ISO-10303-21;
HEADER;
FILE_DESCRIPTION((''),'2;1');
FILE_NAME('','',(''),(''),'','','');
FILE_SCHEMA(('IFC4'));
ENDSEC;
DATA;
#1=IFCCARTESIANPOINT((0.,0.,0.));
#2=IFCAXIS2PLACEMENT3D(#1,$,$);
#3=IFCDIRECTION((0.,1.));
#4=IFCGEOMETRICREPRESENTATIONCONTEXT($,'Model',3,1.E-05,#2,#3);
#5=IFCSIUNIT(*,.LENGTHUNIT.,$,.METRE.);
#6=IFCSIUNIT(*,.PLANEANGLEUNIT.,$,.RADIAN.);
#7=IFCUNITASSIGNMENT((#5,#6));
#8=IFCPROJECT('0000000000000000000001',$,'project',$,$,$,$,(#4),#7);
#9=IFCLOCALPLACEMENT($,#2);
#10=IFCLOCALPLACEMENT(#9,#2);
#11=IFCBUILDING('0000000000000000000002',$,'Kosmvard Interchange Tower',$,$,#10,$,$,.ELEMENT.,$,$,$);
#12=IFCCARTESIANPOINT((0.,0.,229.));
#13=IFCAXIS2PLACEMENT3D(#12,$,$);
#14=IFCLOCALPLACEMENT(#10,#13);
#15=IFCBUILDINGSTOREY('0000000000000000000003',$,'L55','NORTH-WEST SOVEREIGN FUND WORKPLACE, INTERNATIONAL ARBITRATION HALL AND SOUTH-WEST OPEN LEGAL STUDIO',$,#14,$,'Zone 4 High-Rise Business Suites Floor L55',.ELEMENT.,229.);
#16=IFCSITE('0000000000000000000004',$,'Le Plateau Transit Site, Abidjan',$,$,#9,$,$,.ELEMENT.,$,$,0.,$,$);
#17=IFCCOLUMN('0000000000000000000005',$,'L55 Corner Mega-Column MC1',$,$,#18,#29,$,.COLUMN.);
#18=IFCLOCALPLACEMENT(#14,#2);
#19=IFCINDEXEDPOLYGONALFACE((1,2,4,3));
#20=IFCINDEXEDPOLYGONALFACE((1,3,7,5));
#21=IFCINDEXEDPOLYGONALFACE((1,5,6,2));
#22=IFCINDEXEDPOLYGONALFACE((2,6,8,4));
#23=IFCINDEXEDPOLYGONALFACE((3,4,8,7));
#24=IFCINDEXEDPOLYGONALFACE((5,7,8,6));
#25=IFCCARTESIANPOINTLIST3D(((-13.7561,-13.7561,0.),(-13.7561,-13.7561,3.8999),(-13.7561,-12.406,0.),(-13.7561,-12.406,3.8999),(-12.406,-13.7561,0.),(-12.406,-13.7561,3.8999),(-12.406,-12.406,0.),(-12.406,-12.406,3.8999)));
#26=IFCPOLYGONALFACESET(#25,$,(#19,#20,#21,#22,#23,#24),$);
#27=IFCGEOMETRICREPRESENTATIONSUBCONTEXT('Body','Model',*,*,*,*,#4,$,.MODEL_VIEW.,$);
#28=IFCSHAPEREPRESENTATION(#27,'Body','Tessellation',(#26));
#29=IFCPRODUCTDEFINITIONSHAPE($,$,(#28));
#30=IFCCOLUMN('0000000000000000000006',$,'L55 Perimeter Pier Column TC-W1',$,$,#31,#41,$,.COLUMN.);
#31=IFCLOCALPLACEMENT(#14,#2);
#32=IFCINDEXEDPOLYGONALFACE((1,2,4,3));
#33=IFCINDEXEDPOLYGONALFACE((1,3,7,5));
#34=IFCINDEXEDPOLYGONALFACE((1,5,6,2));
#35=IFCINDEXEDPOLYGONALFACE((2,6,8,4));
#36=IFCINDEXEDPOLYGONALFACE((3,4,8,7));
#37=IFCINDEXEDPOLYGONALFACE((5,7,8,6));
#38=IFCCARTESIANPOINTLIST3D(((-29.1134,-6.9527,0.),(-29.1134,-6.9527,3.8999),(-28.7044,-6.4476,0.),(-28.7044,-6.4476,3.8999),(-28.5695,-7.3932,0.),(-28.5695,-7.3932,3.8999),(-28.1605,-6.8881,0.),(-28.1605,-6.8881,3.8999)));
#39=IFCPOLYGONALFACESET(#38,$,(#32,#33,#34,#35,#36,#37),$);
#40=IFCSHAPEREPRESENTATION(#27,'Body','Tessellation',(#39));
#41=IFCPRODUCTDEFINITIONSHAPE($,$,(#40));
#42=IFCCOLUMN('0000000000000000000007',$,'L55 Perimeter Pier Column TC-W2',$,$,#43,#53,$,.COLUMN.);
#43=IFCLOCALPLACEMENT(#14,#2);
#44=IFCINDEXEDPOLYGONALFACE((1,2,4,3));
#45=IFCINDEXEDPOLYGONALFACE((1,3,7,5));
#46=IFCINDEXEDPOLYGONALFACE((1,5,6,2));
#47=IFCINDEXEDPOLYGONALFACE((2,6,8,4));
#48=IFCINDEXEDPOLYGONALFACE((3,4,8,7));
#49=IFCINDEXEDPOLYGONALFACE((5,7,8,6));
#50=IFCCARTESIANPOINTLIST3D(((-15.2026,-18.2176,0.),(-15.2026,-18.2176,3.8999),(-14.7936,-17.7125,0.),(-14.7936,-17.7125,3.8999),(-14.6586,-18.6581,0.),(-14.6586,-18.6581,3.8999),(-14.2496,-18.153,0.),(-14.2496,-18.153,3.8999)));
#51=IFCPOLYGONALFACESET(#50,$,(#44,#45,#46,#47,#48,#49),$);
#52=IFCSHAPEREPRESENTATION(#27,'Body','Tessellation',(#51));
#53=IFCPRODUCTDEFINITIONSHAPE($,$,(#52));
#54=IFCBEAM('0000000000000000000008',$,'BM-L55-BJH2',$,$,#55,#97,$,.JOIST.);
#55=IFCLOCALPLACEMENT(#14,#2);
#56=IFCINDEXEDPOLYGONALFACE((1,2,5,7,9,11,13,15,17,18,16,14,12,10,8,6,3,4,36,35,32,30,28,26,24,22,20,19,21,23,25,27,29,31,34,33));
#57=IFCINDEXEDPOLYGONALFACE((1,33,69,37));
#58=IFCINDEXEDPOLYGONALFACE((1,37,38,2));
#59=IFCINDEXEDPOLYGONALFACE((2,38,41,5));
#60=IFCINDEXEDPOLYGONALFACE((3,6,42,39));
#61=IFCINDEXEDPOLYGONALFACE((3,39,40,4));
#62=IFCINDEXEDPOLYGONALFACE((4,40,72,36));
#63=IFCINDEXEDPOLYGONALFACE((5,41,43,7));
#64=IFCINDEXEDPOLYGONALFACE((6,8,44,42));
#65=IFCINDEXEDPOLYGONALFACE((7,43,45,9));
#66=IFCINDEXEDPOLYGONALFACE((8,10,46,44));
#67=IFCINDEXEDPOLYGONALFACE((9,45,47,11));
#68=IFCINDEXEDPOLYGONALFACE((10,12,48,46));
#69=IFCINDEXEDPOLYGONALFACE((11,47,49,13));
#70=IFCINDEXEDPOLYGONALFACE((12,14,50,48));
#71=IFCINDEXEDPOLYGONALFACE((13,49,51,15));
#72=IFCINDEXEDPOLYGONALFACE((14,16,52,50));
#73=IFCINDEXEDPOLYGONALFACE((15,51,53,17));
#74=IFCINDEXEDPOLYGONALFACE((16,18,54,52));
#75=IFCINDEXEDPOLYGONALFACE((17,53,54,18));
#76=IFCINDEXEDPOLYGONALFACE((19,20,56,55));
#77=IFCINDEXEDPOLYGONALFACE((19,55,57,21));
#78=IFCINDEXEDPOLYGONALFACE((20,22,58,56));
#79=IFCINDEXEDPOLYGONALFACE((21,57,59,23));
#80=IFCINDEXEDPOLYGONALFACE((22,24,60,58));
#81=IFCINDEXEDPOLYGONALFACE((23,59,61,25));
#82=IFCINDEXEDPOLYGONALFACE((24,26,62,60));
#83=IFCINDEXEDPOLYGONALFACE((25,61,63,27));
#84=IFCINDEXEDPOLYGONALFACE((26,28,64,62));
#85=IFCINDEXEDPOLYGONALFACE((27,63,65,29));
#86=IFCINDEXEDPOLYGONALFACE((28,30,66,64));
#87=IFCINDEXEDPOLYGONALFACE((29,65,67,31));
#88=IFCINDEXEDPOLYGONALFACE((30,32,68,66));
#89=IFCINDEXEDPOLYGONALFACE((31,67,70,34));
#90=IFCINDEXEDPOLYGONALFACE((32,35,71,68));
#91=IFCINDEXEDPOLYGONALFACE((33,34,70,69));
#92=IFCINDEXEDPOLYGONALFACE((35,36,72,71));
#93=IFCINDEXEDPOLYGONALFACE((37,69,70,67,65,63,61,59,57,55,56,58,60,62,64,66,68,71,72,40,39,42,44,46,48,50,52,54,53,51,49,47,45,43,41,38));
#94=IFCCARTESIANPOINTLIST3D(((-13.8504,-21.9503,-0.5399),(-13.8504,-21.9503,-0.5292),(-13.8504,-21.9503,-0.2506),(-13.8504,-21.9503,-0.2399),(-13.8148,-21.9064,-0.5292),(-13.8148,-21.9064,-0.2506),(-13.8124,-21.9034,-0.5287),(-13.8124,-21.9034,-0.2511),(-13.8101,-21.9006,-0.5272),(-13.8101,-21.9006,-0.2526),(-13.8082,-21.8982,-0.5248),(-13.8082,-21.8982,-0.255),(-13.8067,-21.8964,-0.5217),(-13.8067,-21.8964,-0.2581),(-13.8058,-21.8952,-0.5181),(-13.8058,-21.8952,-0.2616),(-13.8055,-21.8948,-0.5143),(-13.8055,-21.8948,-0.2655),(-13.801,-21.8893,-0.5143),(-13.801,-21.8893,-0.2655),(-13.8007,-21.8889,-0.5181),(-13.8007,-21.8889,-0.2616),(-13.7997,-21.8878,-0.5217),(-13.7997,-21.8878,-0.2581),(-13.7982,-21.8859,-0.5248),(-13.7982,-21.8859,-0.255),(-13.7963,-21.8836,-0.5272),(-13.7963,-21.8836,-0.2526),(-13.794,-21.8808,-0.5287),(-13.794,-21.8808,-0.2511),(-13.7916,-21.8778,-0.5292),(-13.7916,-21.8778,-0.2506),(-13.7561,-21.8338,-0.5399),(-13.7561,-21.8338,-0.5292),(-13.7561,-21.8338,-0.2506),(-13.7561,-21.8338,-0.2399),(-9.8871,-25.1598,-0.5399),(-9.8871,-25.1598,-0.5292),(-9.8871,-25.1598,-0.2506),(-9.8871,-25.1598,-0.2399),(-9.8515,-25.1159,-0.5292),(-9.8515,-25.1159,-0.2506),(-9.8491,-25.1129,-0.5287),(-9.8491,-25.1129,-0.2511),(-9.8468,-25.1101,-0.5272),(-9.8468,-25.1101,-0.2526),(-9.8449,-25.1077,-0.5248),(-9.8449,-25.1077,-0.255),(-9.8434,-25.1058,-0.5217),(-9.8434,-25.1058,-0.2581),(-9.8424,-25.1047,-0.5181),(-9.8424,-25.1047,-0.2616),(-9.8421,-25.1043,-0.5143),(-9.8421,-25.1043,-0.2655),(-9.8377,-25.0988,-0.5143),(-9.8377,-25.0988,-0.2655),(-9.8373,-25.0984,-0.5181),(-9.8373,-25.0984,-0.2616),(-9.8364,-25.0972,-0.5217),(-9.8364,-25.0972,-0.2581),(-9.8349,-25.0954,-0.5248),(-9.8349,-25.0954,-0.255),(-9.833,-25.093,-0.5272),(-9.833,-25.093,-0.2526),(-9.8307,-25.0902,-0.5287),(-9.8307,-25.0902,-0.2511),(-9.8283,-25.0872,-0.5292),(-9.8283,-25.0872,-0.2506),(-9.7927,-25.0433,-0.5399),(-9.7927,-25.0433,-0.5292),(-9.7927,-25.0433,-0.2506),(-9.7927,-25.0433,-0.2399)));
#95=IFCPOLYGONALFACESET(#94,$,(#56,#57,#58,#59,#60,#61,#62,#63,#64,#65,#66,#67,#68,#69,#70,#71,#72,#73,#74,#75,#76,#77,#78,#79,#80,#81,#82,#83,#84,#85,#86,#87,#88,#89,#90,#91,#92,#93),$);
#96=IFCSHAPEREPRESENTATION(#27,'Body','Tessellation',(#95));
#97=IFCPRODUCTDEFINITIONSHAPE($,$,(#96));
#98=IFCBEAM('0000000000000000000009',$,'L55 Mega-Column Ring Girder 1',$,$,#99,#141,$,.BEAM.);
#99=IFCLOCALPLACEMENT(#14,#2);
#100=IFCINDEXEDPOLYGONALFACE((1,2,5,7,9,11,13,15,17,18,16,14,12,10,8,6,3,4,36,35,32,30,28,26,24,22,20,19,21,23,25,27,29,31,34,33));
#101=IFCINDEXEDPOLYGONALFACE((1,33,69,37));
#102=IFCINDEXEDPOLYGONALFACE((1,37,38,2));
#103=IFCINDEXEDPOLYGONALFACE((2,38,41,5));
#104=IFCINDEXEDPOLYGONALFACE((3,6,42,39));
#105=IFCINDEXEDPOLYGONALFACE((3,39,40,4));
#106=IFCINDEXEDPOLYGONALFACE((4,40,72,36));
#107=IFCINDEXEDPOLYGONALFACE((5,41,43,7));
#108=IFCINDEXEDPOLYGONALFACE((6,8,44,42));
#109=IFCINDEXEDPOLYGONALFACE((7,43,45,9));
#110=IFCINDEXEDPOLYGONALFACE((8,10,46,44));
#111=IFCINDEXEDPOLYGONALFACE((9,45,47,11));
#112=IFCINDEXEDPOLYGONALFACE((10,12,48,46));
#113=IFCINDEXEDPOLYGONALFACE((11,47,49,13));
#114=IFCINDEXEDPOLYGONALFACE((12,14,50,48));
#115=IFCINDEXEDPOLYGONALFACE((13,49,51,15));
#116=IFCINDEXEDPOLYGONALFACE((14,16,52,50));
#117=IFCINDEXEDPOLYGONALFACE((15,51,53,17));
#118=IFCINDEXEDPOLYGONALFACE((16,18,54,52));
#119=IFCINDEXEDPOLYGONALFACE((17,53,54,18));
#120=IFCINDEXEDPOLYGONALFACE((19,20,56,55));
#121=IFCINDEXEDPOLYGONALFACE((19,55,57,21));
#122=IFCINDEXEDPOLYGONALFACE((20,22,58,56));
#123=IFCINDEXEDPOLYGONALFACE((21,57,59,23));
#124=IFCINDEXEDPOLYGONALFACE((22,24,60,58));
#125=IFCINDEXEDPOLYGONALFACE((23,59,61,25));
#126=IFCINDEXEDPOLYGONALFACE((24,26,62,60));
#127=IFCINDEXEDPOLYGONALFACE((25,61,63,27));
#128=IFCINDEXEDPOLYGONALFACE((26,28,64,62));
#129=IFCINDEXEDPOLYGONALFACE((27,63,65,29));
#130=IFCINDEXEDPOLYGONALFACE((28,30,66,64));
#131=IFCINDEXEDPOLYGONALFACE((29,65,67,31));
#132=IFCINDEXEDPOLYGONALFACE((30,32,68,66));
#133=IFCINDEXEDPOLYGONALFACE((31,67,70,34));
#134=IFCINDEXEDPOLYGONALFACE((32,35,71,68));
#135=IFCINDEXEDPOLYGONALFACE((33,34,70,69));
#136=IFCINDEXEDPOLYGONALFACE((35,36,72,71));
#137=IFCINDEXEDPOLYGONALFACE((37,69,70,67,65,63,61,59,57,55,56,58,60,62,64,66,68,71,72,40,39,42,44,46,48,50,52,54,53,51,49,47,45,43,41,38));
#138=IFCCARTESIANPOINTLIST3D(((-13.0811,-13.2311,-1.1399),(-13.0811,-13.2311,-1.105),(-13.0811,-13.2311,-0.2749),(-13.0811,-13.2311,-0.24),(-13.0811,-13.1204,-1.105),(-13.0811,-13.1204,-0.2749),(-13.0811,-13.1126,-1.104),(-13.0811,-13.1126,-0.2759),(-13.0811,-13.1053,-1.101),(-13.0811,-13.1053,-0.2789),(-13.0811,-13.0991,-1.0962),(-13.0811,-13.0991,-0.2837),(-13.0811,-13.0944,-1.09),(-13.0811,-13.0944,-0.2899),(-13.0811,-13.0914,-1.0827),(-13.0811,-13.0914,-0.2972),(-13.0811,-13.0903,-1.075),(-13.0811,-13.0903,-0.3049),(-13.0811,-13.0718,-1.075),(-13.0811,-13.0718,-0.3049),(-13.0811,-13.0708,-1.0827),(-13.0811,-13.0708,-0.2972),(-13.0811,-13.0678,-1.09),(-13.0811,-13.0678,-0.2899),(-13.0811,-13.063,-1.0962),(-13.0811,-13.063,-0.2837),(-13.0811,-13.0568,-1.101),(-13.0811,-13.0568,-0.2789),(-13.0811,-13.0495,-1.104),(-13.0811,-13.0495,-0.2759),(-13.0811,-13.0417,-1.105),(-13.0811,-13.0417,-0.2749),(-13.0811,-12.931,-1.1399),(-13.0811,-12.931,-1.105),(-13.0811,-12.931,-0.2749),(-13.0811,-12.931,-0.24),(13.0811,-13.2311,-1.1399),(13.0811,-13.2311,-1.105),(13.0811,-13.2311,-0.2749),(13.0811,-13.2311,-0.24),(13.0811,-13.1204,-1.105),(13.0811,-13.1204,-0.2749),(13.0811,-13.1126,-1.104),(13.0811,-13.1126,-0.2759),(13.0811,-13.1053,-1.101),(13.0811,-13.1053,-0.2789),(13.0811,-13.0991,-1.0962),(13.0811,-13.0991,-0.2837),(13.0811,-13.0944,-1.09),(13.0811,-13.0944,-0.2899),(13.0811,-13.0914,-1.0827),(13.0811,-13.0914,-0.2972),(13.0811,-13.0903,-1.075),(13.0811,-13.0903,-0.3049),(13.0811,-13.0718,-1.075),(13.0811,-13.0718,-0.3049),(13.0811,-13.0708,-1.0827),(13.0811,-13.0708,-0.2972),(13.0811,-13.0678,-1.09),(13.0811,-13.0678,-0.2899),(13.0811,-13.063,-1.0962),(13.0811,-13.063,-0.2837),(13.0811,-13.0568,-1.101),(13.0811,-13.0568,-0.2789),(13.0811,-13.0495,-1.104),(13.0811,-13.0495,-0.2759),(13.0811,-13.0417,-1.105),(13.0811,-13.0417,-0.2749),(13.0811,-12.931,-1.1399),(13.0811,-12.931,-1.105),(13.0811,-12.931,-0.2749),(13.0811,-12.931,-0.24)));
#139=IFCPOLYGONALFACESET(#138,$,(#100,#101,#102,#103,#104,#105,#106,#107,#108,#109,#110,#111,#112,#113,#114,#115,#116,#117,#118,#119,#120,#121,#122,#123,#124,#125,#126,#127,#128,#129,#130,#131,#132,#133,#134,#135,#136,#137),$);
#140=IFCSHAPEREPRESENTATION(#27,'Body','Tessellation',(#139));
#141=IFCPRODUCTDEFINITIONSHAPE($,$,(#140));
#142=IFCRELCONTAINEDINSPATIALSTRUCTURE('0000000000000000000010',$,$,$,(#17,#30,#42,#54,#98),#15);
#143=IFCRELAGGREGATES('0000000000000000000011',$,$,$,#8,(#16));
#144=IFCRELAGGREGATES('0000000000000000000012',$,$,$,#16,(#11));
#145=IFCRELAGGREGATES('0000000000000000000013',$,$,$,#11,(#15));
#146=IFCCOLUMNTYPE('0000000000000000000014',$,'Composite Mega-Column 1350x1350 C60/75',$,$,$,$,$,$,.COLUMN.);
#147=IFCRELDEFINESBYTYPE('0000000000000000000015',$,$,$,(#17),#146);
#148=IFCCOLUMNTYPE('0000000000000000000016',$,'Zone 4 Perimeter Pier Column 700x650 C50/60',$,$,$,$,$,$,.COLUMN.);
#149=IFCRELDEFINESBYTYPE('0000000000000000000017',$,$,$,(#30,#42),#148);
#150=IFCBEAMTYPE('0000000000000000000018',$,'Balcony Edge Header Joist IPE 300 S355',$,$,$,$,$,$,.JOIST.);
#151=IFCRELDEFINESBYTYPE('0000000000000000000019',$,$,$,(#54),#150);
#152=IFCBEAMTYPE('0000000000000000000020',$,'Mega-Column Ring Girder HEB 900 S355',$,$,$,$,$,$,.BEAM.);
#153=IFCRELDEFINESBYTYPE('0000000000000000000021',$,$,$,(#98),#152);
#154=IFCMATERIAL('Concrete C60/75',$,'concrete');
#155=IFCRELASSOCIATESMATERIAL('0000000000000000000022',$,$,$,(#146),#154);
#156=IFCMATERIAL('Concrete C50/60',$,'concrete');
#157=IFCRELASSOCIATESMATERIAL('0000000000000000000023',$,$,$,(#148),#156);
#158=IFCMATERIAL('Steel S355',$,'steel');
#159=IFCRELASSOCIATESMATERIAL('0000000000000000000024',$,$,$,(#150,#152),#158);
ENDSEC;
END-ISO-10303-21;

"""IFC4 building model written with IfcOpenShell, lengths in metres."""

from ifc_helpers import new_model, si_unit, direction, frame, origin, origin_2d, place, context, subcontext, project, spatial, rectangle, i_section, extrude, source, transform, mapped, material, material_profile, profile_set, type_object, element, save


model = new_model("IFC4")

# Units and contexts
model_context = context("Model", 3, precision=1e-05, world=origin(), true_north=direction((0.0, 1.0)))
body_context = subcontext(model_context, "Body", "Model", "MODEL_VIEW")
ifc_project = project(units=[si_unit("LENGTHUNIT", "METRE"), si_unit("PLANEANGLEUNIT", "RADIAN")], contexts=[model_context])

# Site, building, storey
site_placement = place(None, origin())
site = spatial("IfcSite", under=ifc_project, at=site_placement, Name="Le Plateau Transit Site, Abidjan", CompositionType="ELEMENT", RefElevation=0.0)
building_placement = place(site_placement, origin())
building = spatial("IfcBuilding", under=site, at=building_placement, Name="Kosmvard Interchange Tower", CompositionType="ELEMENT")
storey_placement = place(building_placement, frame((0.0, 0.0, 229.0)))
storey = spatial("IfcBuildingStorey", under=building, at=storey_placement, Name="L55", Description="NORTH-WEST SOVEREIGN FUND WORKPLACE, INTERNATIONAL ARBITRATION HALL AND SOUTH-WEST OPEN LEGAL STUDIO", LongName="Zone 4 High-Rise Business Suites Floor L55", CompositionType="ELEMENT", Elevation=229.0)

# Columns
ifc_material_1 = material(Name="Concrete C60/75", Category="concrete")
ifc_material_profile_1 = material_profile(ifc_material_1, rectangle(XDim=1.3501, YDim=1.3501, at=origin_2d()), Name="MC 1350x1350")
ifc_profile_set_1 = profile_set([ifc_material_profile_1], Name="Concrete C60/75")
column_type_1 = type_object("IfcColumnType", Name="Composite Mega-Column 1350x1350 C60/75", PredefinedType="COLUMN", material=ifc_profile_set_1)
shared_shape_1 = source(origin(), body_context, "Body", "SweptSolid", [
    extrude(rectangle(XDim=1.3501, YDim=1.3501, at=origin_2d()), origin(), (0.0, 0.0, 1.0), 3.8999),
])
column_placement = place(storey_placement, frame((-13.0811, -13.0811, 0.0), z_axis=(0.0, 0.0, 1.0), x_axis=(1.0, 0.0, 0.0)))
element("IfcColumn", 1, at=column_placement, inside=storey, type_object=column_type_1, Name="L55 Corner Mega-Column MC1", PredefinedType="COLUMN", context=body_context, shape_type="MappedRepresentation", body=[
    mapped(shared_shape_1, transform((0.0, 0.0, 0.0), scale=1.0)),
])
ifc_material_2 = material(Name="Concrete C50/60", Category="concrete")
ifc_material_profile_2 = material_profile(ifc_material_2, rectangle(XDim=0.6499, YDim=0.7, at=origin_2d()), Name="TC 700x650")
ifc_profile_set_2 = profile_set([ifc_material_profile_2], Name="Concrete C50/60")
column_type_2 = type_object("IfcColumnType", Name="Zone 4 Perimeter Pier Column 700x650 C50/60", PredefinedType="COLUMN", material=ifc_profile_set_2)
shared_shape_2 = source(origin(), body_context, "Body", "SweptSolid", [
    extrude(rectangle(XDim=0.6499, YDim=0.7, at=origin_2d()), origin(), (0.0, 0.0, 1.0), 3.8999),
])
for number, where, z_axis, x_axis, name in (
    (2, (-28.637, -6.9204, 0.0), (0.0, 0.0, 1.0), (0.62932, 0.777146, 0.0), "L55 Perimeter Pier Column TC-W1"),
    (3, (-14.7261, -18.1853, 0.0), (0.0, 0.0, 1.0), (0.62932, 0.777146, 0.0), "L55 Perimeter Pier Column TC-W2"),
):
    element("IfcColumn", number, at=place(storey_placement, frame(where, z_axis=z_axis, x_axis=x_axis)), inside=storey, type_object=column_type_2, Name=name, PredefinedType="COLUMN", context=body_context, shape_type="MappedRepresentation", body=[
        mapped(shared_shape_2, transform((0.0, 0.0, 0.0), scale=1.0)),
    ])

# Beams
ifc_material_3 = material(Name="Steel S355", Category="steel")
ifc_material_profile_3 = material_profile(ifc_material_3, i_section(OverallWidth=0.1499, OverallDepth=0.3, WebThickness=0.0071, FlangeThickness=0.0107, FilletRadius=0.0149, at=origin_2d()), Name="IPE 300")
ifc_profile_set_3 = profile_set([ifc_material_profile_3], Name="Steel S355")
beam_type_1 = type_object("IfcBeamType", Name="Balcony Edge Header Joist IPE 300 S355", PredefinedType="JOIST", material=ifc_profile_set_3)
shared_shape_3 = source(origin(), body_context, "Body", "SweptSolid", [
    extrude(i_section(OverallWidth=0.1499, OverallDepth=0.3, WebThickness=0.0071, FlangeThickness=0.0107, FilletRadius=0.0149, at=origin_2d()), origin(), (0.0, 0.0, 1.0), 5.0999),
])
beam_1_placement = place(storey_placement, frame((-13.8032, -21.8921, -0.3899), z_axis=(0.777147, -0.629319, 0.0), x_axis=(0.629319, 0.777147, 0.0)))
element("IfcBeam", 4, at=beam_1_placement, inside=storey, type_object=beam_type_1, Name="BM-L55-BJH2", PredefinedType="JOIST", context=body_context, shape_type="MappedRepresentation", body=[
    mapped(shared_shape_3, transform((0.0, 0.0, 0.0), scale=1.0)),
])
ifc_material_profile_4 = material_profile(ifc_material_3, i_section(OverallWidth=0.3, OverallDepth=0.8999, WebThickness=0.0186, FlangeThickness=0.0349, FilletRadius=0.03, at=origin_2d()), Name="HEB 900")
ifc_profile_set_4 = profile_set([ifc_material_profile_4], Name="Steel S355")
beam_type_2 = type_object("IfcBeamType", Name="Mega-Column Ring Girder HEB 900 S355", PredefinedType="BEAM", material=ifc_profile_set_4)
shared_shape_4 = source(origin(), body_context, "Body", "SweptSolid", [
    extrude(i_section(OverallWidth=0.3, OverallDepth=0.8999, WebThickness=0.0186, FlangeThickness=0.0349, FilletRadius=0.03, at=origin_2d()), origin(), (0.0, 0.0, 1.0), 26.1621),
])
beam_2_placement = place(storey_placement, frame((-13.0811, -13.0811, -0.6899), z_axis=(1.0, 0.0, 0.0), x_axis=(0.0, 1.0, 0.0)))
element("IfcBeam", 5, at=beam_2_placement, inside=storey, type_object=beam_type_2, Name="L55 Mega-Column Ring Girder 1", PredefinedType="BEAM", context=body_context, shape_type="MappedRepresentation", body=[
    mapped(shared_shape_4, transform((0.0, 0.0, 0.0), scale=1.0)),
])

save(model, "model.ifc")
